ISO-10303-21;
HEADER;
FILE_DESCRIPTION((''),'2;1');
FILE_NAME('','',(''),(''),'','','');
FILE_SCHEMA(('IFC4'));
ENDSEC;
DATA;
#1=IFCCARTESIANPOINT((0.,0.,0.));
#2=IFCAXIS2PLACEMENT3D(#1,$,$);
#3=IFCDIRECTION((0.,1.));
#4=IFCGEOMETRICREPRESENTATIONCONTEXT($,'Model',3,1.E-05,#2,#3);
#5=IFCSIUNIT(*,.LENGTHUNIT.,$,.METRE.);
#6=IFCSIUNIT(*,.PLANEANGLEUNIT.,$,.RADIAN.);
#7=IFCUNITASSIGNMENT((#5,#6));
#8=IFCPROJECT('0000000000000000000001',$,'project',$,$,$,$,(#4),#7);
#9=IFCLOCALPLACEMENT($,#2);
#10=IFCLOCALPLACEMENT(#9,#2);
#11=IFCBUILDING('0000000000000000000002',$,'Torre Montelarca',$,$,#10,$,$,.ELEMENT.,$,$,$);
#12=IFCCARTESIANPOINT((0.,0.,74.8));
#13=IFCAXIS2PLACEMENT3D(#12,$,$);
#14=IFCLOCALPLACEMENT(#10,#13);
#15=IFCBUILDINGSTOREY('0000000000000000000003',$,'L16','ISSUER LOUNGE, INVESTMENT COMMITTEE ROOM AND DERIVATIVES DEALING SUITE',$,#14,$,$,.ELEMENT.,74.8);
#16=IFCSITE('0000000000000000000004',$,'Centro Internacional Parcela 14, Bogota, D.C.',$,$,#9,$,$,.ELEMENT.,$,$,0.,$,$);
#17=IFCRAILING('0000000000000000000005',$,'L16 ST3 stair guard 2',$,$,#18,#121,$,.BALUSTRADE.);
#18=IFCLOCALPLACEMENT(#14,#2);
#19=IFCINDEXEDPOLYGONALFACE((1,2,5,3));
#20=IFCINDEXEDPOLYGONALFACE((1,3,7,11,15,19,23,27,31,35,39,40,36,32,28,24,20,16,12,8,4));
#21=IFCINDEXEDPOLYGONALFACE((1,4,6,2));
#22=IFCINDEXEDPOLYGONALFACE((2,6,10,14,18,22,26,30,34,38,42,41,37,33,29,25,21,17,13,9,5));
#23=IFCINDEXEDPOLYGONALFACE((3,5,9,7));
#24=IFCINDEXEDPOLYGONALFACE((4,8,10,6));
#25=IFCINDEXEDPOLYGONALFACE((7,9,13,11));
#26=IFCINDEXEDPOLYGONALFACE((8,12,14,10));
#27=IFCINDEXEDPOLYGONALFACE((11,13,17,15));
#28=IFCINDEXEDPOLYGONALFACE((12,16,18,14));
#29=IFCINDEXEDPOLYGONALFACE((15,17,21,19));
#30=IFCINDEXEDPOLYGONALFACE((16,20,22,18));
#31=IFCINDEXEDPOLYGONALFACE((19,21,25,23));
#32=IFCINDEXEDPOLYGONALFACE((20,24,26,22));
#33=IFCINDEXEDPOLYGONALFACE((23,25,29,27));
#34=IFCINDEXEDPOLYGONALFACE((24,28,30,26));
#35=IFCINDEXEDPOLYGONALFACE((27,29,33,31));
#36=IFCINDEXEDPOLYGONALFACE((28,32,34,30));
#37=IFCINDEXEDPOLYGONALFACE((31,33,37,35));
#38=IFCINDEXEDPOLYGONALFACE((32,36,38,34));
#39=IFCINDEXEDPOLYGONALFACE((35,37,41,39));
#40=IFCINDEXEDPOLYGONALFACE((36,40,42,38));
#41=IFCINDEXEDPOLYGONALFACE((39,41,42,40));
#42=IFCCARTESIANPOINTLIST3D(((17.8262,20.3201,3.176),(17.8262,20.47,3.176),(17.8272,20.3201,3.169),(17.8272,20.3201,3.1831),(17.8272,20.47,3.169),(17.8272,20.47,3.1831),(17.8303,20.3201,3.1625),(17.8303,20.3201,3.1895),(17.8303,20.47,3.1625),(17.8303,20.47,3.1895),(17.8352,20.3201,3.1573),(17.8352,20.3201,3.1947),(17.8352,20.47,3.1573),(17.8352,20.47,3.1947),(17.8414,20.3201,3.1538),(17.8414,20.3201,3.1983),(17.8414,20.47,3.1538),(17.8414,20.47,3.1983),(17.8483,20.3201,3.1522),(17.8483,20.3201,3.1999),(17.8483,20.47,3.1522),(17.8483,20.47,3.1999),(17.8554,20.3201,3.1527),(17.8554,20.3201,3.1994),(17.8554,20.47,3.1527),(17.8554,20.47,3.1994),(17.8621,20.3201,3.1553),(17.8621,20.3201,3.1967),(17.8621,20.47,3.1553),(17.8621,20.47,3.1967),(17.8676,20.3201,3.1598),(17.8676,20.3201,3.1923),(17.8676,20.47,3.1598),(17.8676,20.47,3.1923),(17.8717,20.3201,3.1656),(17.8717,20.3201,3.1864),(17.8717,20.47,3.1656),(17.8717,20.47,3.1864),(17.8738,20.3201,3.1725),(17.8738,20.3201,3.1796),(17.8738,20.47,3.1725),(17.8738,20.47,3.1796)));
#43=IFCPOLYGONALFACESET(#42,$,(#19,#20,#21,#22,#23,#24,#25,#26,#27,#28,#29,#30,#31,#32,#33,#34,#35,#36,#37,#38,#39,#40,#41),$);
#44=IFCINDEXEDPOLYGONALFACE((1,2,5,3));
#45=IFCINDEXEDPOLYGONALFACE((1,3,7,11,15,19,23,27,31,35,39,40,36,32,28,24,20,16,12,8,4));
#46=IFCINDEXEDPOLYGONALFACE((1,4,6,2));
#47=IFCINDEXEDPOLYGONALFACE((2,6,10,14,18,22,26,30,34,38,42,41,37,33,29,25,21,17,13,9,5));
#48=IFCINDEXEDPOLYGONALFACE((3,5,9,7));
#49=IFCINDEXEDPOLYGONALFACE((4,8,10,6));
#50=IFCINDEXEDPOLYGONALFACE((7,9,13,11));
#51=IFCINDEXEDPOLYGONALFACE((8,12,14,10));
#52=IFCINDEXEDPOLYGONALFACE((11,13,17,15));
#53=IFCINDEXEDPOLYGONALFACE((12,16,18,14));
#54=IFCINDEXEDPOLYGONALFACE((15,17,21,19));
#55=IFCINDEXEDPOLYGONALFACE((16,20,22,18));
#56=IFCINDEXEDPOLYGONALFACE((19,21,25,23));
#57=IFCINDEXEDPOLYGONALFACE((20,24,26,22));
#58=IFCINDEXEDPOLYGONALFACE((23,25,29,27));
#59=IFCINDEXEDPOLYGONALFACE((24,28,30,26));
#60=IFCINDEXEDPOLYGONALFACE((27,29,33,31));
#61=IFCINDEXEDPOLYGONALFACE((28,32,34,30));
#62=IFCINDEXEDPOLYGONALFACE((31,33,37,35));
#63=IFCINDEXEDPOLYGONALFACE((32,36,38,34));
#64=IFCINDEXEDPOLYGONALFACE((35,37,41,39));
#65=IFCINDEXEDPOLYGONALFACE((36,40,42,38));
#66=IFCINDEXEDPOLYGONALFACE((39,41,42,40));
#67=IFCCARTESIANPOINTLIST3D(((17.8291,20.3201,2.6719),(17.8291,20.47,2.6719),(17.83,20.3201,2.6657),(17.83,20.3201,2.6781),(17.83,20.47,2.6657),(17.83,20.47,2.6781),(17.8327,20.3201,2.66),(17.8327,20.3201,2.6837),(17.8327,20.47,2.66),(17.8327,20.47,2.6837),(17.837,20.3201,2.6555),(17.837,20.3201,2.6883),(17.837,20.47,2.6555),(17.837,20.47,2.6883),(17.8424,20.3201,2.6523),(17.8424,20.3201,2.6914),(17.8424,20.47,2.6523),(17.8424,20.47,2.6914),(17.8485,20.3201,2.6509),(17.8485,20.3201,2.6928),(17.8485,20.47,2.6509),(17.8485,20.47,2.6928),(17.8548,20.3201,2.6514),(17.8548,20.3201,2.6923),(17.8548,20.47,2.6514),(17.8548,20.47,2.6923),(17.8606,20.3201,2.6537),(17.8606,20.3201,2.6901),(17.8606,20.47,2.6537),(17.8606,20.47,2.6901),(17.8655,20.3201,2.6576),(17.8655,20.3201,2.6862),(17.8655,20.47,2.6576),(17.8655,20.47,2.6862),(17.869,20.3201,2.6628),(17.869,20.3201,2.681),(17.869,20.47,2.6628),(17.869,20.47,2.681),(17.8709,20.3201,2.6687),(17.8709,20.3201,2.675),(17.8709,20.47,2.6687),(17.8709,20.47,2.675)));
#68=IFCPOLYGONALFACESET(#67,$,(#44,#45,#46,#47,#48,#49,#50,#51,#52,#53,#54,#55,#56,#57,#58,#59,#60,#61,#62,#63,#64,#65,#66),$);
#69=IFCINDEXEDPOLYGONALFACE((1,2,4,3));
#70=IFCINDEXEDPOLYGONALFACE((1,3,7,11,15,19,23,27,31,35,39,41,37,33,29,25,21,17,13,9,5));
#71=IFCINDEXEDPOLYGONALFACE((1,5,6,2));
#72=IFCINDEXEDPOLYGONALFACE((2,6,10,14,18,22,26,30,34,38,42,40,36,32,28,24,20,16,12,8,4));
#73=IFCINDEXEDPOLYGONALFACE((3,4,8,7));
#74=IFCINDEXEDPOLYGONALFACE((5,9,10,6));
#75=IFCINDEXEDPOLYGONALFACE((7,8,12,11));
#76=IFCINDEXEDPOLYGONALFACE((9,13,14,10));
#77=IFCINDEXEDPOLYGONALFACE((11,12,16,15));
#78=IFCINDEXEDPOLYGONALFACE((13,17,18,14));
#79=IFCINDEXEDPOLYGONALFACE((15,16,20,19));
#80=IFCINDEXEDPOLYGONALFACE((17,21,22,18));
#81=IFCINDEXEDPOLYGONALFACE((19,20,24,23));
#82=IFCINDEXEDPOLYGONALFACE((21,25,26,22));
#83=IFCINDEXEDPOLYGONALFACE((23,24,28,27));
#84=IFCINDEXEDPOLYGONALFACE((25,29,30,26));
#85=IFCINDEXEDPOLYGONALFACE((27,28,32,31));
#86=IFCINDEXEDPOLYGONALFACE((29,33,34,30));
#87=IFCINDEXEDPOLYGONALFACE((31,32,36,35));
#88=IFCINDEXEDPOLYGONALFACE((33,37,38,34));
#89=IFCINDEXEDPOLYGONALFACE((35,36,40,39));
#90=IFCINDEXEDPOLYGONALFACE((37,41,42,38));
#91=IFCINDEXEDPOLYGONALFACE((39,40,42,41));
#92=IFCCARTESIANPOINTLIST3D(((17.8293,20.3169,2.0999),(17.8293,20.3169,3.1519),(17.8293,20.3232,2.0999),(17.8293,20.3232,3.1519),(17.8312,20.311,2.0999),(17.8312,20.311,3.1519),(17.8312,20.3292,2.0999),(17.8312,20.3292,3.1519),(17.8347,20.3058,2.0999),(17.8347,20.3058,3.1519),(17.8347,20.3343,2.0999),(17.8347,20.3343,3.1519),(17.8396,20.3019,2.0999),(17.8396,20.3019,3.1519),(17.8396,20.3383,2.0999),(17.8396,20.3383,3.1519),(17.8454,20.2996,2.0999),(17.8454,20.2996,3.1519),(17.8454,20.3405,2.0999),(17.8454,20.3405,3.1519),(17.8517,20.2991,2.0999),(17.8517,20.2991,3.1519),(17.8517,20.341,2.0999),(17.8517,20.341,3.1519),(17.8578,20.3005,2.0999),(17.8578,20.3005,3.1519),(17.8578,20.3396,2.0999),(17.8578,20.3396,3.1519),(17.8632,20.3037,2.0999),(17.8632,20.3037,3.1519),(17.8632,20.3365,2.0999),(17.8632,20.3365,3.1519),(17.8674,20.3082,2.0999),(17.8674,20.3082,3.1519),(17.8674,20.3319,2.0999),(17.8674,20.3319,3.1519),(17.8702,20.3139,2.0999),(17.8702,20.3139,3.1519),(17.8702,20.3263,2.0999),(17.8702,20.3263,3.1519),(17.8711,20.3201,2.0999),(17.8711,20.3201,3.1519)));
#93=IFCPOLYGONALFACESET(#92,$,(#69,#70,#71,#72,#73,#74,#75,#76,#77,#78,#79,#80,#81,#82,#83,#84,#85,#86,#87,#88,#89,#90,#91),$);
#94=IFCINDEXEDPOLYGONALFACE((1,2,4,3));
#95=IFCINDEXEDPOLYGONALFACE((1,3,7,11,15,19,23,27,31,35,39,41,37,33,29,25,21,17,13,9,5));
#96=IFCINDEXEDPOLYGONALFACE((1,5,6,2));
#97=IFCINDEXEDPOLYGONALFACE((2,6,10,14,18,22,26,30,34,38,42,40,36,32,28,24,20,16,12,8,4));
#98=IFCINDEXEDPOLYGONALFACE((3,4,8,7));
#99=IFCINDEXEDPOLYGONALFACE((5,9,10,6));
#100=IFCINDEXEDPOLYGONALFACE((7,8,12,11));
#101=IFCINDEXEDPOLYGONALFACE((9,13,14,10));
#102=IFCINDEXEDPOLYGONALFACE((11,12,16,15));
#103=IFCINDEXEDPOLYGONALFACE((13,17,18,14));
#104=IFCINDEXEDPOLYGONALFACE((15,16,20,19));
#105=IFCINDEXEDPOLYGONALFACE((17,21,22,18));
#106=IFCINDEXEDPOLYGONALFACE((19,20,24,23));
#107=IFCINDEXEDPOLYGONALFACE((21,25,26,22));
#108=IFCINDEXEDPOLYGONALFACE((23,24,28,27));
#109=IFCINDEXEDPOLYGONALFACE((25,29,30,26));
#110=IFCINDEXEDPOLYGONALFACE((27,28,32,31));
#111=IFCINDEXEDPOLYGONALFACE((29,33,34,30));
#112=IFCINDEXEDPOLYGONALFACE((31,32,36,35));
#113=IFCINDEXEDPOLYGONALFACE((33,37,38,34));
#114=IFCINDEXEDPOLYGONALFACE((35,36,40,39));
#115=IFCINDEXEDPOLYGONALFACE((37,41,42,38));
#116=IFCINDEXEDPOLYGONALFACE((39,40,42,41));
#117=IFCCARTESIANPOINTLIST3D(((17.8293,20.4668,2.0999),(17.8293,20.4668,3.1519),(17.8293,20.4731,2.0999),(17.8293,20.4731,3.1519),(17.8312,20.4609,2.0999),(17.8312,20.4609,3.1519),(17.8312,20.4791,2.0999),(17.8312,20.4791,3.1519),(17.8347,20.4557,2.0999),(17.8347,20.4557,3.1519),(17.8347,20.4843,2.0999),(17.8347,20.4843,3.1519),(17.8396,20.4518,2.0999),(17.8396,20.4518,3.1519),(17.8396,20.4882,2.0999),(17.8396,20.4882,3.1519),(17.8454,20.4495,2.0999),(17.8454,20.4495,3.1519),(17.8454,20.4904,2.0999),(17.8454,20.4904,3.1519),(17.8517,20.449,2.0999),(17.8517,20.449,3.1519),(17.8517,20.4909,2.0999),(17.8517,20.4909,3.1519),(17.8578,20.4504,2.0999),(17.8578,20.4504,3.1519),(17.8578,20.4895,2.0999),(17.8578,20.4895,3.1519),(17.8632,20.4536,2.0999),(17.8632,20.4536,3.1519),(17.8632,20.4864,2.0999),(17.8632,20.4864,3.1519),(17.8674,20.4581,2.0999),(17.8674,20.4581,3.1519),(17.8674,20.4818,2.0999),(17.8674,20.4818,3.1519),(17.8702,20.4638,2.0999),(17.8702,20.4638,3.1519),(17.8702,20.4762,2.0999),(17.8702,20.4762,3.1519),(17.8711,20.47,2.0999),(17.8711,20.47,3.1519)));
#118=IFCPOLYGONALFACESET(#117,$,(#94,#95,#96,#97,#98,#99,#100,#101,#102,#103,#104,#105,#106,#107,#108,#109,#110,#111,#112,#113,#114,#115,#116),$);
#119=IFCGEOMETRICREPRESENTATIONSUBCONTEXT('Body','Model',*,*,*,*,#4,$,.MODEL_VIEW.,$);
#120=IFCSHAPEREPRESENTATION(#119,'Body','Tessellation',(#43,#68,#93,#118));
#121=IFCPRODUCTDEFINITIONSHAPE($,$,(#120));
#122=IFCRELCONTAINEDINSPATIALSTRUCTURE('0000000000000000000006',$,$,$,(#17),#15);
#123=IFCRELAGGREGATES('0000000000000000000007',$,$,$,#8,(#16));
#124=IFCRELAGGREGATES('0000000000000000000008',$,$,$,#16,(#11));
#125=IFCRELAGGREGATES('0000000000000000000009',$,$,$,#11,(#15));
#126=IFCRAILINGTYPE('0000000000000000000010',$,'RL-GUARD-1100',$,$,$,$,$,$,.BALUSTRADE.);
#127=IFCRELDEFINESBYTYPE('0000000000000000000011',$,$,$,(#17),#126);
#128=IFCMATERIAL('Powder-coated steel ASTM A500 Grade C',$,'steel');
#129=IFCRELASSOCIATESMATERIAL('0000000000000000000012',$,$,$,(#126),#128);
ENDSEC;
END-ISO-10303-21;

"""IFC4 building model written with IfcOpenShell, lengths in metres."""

from ifc_helpers import new_model, si_unit, direction, frame, origin, origin_2d, place, context, subcontext, project, spatial, circle, extrude, material, type_object, element, save


model = new_model("IFC4")

# Units and contexts
model_context = context("Model", 3, precision=1e-05, world=origin(), true_north=direction((0.0, 1.0)))
body_context = subcontext(model_context, "Body", "Model", "MODEL_VIEW")
ifc_project = project(units=[si_unit("LENGTHUNIT", "METRE"), si_unit("PLANEANGLEUNIT", "RADIAN")], contexts=[model_context])

# Site, building, storey
site_placement = place(None, origin())
site = spatial("IfcSite", under=ifc_project, at=site_placement, Name="Centro Internacional Parcela 14, Bogota, D.C.", CompositionType="ELEMENT", RefElevation=0.0)
building_placement = place(site_placement, origin())
building = spatial("IfcBuilding", under=site, at=building_placement, Name="Torre Montelarca", CompositionType="ELEMENT")
storey_placement = place(building_placement, frame((0.0, 0.0, 74.8)))
storey = spatial("IfcBuildingStorey", under=building, at=storey_placement, Name="L16", Description="ISSUER LOUNGE, INVESTMENT COMMITTEE ROOM AND DERIVATIVES DEALING SUITE", CompositionType="ELEMENT", Elevation=74.8)

# Railing
ifc_material_1 = material(Name="Powder-coated steel ASTM A500 Grade C", Category="steel")
railing_type_1 = type_object("IfcRailingType", Name="RL-GUARD-1100", PredefinedType="BALUSTRADE", material=ifc_material_1)
railing_1_placement = place(storey_placement, frame((17.8501, 20.3201, 2.0999)))
element("IfcRailing", 1, at=railing_1_placement, inside=storey, type_object=railing_type_1, Name="L16 ST3 stair guard 2", PredefinedType="BALUSTRADE", context=body_context, shape_type="SweptSolid", body=[
    extrude(circle(Radius=0.0239, at=origin_2d()), frame((0.0, 0.0, 1.0762), z_axis=(0.0, 1.0, 0.0), x_axis=(-1.0, 0.0, 0.0)), (0.0, 0.0, 1.0), 0.1499),
    extrude(circle(Radius=0.021, at=origin_2d()), frame((0.0, 0.0, 0.572), z_axis=(0.0, 1.0, 0.0), x_axis=(-1.0, 0.0, 0.0)), (0.0, 0.0, 1.0), 0.1499),
    extrude(circle(Radius=0.021, at=origin_2d()), origin(), (0.0, 0.0, 1.0), 1.052),
    extrude(circle(Radius=0.021, at=origin_2d()), frame((0.0, 0.1499, 0.0)), (0.0, 0.0, 1.0), 1.052),
])

save(model, "model.ifc")
